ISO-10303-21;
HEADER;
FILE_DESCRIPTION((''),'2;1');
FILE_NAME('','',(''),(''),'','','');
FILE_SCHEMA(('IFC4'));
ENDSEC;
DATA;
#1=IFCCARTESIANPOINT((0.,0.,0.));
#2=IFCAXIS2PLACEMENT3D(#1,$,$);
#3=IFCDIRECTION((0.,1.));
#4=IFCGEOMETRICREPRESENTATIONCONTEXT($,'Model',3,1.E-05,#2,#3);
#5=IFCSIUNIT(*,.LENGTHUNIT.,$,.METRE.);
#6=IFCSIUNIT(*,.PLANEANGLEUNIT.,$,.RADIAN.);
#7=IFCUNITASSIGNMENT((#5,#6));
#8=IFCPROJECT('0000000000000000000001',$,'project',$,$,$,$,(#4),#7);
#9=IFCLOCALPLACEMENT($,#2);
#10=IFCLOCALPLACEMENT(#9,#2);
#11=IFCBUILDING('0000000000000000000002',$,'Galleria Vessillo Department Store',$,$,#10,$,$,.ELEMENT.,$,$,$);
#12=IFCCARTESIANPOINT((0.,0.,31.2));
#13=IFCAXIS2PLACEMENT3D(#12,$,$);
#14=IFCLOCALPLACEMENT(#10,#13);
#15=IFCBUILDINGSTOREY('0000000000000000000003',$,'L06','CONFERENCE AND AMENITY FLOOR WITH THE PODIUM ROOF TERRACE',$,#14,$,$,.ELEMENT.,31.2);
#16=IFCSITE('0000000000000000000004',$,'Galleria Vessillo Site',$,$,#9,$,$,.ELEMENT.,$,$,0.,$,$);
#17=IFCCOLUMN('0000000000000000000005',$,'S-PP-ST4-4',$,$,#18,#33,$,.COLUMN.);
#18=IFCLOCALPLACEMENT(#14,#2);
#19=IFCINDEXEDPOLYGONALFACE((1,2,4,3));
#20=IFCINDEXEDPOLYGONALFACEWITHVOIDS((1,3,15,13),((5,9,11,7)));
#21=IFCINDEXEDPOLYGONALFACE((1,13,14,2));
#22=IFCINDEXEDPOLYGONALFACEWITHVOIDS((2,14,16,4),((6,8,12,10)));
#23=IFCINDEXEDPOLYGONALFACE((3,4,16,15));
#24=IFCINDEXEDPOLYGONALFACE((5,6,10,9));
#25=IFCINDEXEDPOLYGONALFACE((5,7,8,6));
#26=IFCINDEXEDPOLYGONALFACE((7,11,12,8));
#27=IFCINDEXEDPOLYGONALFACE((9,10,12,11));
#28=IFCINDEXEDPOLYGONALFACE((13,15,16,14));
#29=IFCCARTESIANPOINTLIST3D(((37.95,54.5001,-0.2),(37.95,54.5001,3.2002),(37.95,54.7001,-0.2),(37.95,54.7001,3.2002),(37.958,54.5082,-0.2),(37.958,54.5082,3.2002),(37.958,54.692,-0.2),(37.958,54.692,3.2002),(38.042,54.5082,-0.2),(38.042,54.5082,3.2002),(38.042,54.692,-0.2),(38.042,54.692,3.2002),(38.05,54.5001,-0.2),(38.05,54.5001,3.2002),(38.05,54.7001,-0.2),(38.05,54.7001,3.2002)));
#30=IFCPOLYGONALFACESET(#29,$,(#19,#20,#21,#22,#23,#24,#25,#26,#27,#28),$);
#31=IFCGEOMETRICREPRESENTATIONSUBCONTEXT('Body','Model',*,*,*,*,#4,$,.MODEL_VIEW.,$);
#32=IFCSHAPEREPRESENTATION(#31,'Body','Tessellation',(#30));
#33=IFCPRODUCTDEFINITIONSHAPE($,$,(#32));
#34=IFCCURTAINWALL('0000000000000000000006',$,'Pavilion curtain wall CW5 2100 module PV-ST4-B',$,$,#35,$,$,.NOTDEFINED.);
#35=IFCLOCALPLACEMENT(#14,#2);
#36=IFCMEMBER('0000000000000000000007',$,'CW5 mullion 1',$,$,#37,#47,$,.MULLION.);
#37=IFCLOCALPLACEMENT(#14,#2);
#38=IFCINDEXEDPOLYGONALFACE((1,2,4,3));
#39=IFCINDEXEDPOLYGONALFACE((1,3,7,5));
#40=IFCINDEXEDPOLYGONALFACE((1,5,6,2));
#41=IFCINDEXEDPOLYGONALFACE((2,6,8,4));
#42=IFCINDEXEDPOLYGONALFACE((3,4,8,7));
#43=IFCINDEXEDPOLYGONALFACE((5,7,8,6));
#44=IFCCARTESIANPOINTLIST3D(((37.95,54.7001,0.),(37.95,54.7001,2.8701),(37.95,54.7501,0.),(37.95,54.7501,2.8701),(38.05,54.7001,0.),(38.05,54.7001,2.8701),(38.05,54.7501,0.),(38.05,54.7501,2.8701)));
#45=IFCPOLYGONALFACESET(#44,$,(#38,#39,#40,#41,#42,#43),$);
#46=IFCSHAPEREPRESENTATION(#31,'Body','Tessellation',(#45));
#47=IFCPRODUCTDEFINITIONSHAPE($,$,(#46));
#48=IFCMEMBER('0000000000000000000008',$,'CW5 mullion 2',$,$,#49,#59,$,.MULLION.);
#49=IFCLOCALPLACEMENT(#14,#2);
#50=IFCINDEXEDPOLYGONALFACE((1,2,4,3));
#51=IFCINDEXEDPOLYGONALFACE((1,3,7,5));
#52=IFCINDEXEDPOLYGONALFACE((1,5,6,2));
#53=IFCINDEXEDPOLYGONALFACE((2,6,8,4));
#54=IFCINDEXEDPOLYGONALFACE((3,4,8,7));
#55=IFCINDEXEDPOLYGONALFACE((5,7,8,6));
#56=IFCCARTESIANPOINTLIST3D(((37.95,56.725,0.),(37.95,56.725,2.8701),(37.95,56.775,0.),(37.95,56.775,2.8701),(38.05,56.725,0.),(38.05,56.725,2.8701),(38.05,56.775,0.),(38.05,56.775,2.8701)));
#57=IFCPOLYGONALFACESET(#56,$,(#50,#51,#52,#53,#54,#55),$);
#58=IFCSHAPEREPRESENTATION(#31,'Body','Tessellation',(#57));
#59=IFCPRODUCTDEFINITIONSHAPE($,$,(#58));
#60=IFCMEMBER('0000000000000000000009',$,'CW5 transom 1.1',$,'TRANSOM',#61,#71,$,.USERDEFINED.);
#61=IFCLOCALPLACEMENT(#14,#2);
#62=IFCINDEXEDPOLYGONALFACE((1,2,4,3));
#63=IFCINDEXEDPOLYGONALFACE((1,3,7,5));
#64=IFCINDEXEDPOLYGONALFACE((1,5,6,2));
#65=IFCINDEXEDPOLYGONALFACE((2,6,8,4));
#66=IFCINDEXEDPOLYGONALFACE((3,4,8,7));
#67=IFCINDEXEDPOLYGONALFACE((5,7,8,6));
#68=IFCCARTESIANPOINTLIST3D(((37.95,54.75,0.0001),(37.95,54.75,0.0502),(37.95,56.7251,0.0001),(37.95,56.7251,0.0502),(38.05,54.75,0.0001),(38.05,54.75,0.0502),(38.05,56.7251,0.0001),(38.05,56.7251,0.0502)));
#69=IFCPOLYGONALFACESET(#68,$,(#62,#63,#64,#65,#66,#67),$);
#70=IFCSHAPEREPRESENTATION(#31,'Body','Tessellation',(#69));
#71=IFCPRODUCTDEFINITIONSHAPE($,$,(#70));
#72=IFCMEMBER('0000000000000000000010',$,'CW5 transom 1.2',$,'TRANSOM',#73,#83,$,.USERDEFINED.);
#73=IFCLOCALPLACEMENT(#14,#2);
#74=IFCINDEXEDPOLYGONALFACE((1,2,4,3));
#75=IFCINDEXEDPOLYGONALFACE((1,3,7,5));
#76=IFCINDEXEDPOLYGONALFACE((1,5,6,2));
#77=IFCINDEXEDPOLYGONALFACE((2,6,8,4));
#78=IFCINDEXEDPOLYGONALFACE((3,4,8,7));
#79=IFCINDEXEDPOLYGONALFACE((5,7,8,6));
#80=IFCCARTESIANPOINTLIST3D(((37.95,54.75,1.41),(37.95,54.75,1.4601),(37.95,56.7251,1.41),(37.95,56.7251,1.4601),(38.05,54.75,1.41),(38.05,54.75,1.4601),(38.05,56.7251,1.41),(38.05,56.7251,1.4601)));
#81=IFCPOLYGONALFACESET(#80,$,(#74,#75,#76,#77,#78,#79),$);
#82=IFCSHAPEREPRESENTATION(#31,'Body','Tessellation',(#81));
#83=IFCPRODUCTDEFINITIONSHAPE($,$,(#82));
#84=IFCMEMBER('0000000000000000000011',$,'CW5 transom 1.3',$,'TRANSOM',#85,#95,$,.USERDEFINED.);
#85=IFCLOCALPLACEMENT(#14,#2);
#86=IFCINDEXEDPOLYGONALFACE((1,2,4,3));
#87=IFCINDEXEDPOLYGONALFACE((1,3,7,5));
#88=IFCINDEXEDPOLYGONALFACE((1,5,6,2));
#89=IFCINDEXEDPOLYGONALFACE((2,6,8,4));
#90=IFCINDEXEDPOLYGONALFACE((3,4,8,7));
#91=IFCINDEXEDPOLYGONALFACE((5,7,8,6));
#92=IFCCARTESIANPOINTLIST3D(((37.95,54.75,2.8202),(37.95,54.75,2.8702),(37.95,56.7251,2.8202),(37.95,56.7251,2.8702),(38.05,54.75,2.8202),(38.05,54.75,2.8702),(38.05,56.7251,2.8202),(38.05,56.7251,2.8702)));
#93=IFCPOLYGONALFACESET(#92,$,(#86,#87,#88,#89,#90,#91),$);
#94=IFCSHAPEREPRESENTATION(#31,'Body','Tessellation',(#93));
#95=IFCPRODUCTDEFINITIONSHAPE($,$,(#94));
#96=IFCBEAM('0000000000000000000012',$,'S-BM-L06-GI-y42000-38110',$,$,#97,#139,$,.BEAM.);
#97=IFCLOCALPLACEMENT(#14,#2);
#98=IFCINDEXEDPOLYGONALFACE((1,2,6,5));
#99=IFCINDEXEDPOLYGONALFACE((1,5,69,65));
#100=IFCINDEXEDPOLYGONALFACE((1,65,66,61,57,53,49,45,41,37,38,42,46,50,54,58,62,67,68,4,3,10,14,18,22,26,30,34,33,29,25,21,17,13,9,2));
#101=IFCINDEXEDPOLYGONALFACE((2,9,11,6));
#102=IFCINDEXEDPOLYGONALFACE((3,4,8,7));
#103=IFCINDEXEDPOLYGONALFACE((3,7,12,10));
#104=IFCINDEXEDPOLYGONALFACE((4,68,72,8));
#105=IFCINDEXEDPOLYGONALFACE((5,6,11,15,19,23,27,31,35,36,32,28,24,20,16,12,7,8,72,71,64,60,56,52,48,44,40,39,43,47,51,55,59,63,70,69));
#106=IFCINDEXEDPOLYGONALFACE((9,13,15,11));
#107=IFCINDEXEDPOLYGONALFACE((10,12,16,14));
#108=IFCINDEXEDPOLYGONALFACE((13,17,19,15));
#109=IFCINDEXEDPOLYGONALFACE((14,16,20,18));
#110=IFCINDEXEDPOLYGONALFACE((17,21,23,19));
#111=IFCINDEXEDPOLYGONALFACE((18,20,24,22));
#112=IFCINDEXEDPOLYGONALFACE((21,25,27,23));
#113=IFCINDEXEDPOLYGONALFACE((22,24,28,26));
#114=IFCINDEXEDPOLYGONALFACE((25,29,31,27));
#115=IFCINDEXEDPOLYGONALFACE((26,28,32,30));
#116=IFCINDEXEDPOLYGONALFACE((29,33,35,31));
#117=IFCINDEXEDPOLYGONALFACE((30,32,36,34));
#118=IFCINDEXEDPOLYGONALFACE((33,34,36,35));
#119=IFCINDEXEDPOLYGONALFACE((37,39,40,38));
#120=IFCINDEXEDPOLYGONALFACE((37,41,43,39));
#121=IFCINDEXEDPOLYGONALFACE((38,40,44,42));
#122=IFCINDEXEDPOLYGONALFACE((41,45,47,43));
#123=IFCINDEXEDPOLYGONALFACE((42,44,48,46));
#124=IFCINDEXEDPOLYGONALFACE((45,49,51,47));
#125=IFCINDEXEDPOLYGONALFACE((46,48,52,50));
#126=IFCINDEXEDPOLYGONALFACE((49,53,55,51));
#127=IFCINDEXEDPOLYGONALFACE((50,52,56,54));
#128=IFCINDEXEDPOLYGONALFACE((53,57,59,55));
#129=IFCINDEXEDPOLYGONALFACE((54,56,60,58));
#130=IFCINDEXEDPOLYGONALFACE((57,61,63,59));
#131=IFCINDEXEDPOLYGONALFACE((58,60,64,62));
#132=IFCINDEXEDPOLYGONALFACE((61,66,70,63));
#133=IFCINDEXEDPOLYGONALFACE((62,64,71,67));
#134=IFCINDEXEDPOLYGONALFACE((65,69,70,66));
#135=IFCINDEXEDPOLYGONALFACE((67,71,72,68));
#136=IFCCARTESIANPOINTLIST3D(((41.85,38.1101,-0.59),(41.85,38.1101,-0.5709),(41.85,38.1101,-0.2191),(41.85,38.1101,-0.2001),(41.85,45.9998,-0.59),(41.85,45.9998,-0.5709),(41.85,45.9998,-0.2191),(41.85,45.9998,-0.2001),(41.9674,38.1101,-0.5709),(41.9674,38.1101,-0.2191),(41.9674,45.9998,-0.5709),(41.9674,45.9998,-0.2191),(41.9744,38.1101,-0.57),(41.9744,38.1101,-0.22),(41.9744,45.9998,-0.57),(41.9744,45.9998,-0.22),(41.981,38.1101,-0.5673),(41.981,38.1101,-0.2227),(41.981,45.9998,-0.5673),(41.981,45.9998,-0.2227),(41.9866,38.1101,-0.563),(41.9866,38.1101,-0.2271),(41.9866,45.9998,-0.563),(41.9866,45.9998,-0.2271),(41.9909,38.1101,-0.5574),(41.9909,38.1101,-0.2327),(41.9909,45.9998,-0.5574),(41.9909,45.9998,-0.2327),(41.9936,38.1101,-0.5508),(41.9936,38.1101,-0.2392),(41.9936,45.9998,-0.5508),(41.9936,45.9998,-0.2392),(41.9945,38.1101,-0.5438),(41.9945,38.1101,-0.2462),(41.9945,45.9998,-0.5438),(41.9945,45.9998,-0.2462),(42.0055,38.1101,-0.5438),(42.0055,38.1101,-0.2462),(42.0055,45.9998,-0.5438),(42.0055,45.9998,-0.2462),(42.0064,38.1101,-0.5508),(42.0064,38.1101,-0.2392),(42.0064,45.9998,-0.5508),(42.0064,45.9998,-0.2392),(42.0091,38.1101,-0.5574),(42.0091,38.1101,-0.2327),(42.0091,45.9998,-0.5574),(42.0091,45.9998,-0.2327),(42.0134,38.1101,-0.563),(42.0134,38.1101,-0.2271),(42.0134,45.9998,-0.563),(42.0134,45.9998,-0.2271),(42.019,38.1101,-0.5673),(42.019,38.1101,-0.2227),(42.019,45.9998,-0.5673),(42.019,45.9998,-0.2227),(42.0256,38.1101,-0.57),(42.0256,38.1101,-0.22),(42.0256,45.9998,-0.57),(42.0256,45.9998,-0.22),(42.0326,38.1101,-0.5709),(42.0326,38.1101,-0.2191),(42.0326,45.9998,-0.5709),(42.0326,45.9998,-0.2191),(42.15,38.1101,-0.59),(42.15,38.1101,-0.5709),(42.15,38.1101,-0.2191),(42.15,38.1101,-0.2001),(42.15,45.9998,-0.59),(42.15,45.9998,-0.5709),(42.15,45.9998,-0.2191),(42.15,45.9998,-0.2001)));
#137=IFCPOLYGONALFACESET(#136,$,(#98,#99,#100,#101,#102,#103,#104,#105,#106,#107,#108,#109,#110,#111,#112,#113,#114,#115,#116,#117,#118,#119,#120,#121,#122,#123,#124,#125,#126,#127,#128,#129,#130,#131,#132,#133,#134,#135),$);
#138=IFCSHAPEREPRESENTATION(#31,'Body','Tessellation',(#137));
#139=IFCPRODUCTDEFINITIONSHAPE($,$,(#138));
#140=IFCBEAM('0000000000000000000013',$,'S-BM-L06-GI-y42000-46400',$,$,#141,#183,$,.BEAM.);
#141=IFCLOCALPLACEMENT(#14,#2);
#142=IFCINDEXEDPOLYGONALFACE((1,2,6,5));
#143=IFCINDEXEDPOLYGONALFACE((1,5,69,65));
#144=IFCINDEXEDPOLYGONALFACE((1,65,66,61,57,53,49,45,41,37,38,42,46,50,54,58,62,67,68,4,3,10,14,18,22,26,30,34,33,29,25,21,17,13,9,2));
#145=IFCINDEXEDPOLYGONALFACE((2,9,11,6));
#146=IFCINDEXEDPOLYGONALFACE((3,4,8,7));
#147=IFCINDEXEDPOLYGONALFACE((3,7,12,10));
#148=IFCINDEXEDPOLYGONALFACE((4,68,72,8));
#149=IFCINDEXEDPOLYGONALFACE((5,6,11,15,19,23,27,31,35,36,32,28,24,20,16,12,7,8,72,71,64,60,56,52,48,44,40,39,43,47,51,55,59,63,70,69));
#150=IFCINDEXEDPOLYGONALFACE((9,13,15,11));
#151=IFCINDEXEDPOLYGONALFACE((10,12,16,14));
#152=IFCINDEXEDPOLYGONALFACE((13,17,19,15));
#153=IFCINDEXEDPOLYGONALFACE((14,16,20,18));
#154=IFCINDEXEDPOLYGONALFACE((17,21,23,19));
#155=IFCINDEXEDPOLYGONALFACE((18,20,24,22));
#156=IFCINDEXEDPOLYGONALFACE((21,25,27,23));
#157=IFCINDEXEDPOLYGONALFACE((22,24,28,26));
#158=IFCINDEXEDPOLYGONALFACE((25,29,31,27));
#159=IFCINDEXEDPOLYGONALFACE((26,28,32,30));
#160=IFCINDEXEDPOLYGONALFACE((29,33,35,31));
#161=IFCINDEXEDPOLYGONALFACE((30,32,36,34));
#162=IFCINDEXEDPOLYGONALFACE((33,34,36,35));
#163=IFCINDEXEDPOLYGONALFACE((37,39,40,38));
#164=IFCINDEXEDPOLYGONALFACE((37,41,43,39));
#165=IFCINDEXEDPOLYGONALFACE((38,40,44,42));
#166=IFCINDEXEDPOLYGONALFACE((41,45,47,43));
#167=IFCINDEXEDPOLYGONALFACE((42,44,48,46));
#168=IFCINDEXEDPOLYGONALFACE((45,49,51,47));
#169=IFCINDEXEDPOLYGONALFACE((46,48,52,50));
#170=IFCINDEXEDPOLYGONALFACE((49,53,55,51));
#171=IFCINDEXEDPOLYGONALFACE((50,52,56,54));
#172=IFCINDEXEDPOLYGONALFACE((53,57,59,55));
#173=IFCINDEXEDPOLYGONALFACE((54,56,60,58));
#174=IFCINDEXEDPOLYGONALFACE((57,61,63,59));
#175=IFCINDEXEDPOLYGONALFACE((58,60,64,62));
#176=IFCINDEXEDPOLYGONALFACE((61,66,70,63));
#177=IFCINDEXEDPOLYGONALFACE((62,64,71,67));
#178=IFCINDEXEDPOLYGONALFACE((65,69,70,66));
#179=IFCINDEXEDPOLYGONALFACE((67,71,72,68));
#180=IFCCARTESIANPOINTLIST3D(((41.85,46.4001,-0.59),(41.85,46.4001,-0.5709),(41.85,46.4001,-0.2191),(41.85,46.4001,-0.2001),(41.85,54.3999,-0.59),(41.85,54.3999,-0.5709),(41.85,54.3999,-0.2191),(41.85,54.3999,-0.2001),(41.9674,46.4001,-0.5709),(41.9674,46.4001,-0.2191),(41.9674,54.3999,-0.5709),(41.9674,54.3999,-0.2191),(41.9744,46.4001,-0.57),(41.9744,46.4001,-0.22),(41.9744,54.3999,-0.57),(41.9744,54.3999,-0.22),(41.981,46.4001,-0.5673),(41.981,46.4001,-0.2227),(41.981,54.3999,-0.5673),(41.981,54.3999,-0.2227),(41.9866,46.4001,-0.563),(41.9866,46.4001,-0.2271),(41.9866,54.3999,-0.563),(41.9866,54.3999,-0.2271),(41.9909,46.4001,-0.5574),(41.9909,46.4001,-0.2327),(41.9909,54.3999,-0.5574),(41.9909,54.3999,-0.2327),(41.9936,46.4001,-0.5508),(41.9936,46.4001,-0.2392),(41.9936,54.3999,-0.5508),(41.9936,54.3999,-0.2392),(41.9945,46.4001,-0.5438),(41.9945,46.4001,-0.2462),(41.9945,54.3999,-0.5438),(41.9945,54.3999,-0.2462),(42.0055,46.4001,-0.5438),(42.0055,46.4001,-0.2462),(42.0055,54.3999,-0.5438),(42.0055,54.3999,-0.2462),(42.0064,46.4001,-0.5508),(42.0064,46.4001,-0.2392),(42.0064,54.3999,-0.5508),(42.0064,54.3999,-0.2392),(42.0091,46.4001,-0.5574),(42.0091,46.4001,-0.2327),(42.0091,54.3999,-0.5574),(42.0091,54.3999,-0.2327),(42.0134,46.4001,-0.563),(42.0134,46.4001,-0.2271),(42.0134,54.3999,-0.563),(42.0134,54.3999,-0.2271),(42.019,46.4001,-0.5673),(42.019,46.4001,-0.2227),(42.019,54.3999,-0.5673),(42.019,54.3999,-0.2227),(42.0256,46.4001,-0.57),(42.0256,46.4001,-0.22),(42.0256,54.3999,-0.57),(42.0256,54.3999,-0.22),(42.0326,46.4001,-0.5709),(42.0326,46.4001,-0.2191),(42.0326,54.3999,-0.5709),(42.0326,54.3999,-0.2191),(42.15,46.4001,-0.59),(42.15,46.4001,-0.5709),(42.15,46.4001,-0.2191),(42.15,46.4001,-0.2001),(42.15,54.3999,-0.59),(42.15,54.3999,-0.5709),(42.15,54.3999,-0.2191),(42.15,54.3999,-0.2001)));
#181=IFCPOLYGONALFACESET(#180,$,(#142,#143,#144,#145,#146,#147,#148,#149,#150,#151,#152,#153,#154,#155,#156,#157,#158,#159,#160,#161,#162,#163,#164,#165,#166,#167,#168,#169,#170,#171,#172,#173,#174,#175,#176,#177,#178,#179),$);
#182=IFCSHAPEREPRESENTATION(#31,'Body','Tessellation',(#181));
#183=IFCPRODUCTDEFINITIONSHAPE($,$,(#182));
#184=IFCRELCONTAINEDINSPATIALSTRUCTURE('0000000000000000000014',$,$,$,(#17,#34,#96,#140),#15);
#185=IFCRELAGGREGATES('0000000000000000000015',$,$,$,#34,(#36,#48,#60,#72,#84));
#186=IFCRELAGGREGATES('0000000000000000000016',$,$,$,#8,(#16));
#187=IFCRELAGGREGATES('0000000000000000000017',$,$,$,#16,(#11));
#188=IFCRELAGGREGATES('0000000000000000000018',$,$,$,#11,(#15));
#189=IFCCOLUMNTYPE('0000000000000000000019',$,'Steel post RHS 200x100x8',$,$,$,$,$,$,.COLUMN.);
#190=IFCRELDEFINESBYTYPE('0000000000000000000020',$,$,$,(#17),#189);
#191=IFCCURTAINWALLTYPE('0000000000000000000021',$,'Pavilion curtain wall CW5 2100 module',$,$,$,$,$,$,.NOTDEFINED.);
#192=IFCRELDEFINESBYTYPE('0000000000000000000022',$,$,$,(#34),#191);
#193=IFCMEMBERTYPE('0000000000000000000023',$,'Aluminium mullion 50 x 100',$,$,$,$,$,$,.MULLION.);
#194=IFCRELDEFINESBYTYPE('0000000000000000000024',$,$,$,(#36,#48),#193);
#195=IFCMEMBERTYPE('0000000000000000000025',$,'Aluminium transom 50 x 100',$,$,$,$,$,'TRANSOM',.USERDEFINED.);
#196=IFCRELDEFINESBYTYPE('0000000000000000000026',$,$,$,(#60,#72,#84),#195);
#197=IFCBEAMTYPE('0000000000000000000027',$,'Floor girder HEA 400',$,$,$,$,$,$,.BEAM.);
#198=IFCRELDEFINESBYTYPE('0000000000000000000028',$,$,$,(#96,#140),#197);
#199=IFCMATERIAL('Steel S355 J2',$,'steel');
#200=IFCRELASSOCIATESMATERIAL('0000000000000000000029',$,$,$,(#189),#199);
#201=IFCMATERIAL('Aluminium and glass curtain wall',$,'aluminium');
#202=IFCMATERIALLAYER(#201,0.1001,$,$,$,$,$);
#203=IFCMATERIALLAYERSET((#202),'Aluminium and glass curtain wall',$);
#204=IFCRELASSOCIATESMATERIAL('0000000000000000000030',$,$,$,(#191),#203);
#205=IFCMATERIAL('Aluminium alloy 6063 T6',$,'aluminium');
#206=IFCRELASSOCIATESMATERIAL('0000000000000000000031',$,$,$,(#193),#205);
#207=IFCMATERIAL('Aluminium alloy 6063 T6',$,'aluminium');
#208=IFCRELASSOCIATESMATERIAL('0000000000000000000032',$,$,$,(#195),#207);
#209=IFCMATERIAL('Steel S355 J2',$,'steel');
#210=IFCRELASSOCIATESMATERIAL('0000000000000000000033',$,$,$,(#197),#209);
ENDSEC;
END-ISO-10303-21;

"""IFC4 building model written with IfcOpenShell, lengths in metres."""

from ifc_helpers import new_model, si_unit, direction, frame, origin, origin_2d, place, context, subcontext, project, spatial, rectangle, hollow_rectangle, i_section, extrude, material, layer, layer_set, material_profile, profile_set, type_object, element, aggregate, save


model = new_model("IFC4")

# Units and contexts
model_context = context("Model", 3, precision=1e-05, world=origin(), true_north=direction((0.0, 1.0)))
body_context = subcontext(model_context, "Body", "Model", "MODEL_VIEW")
ifc_project = project(units=[si_unit("LENGTHUNIT", "METRE"), si_unit("PLANEANGLEUNIT", "RADIAN")], contexts=[model_context])

# Site, building, storey
site_placement = place(None, origin())
site = spatial("IfcSite", under=ifc_project, at=site_placement, Name="Galleria Vessillo Site", CompositionType="ELEMENT", RefElevation=0.0)
building_placement = place(site_placement, origin())
building = spatial("IfcBuilding", under=site, at=building_placement, Name="Galleria Vessillo Department Store", CompositionType="ELEMENT")
storey_placement = place(building_placement, frame((0.0, 0.0, 31.2)))
storey = spatial("IfcBuildingStorey", under=building, at=storey_placement, Name="L06", Description="CONFERENCE AND AMENITY FLOOR WITH THE PODIUM ROOF TERRACE", CompositionType="ELEMENT", Elevation=31.2)

# Column
ifc_material_1 = material(Name="Steel S355 J2", Category="steel")
ifc_material_profile_1 = material_profile(ifc_material_1, hollow_rectangle(XDim=0.1001, YDim=0.2, WallThickness=0.0081, at=origin_2d()), Name="RHS 200x100x8")
ifc_profile_set_1 = profile_set([ifc_material_profile_1], Name="Steel S355 J2")
column_type = type_object("IfcColumnType", Name="Steel post RHS 200x100x8", PredefinedType="COLUMN", material=ifc_profile_set_1)
column_placement = place(storey_placement, frame((38.0, 54.6001, -0.2), z_axis=(0.0, 0.0, 1.0), x_axis=(1.0, 0.0, 0.0)))
element("IfcColumn", 1, at=column_placement, inside=storey, type_object=column_type, Name="S-PP-ST4-4", PredefinedType="COLUMN", context=body_context, shape_type="SweptSolid", body=[
    extrude(hollow_rectangle(XDim=0.1001, YDim=0.2, WallThickness=0.0081, at=origin_2d()), origin(), (0.0, 0.0, 1.0), 3.4001),
])

# Curtain wall, members
ifc_material_2 = material(Name="Aluminium and glass curtain wall", Category="aluminium")
ifc_layer_1 = layer(ifc_material_2, 0.1001)
ifc_layer_set_1 = layer_set([ifc_layer_1], Name="Aluminium and glass curtain wall")
curtain_wall_type = type_object("IfcCurtainWallType", Name="Pavilion curtain wall CW5 2100 module", PredefinedType="NOTDEFINED", material=ifc_layer_set_1)
curtain_wall_placement = place(storey_placement, origin())
curtain_wall = element("IfcCurtainWall", 2, at=curtain_wall_placement, inside=storey, type_object=curtain_wall_type, Name="Pavilion curtain wall CW5 2100 module PV-ST4-B", PredefinedType="NOTDEFINED")
ifc_material_3 = material(Name="Aluminium alloy 6063 T6", Category="aluminium")
ifc_material_profile_2 = material_profile(ifc_material_3, rectangle(XDim=0.1001, YDim=0.05, at=origin_2d()), Name="AL 50x100")
ifc_profile_set_2 = profile_set([ifc_material_profile_2], Name="Aluminium alloy 6063 T6")
member_type_1 = type_object("IfcMemberType", Name="Aluminium mullion 50 x 100", PredefinedType="MULLION", material=ifc_profile_set_2)
member_1_placement = place(storey_placement, frame((38.0, 54.7251, 0.0), z_axis=(0.0, 0.0, 1.0), x_axis=(-1.0, 0.0, 0.0)))
member_1 = element("IfcMember", 3, at=member_1_placement, type_object=member_type_1, Name="CW5 mullion 1", PredefinedType="MULLION", context=body_context, shape_type="SweptSolid", body=[
    extrude(rectangle(XDim=0.1001, YDim=0.05, at=origin_2d()), origin(), (0.0, 0.0, 1.0), 2.8701),
])
member_2_placement = place(storey_placement, frame((38.0, 56.75, 0.0), z_axis=(0.0, 0.0, 1.0), x_axis=(-1.0, 0.0, 0.0)))
member_2 = element("IfcMember", 4, at=member_2_placement, type_object=member_type_1, Name="CW5 mullion 2", PredefinedType="MULLION", context=body_context, shape_type="SweptSolid", body=[
    extrude(rectangle(XDim=0.1001, YDim=0.05, at=origin_2d()), origin(), (0.0, 0.0, 1.0), 2.8701),
])
ifc_material_4 = material(Name="Aluminium alloy 6063 T6", Category="aluminium")
ifc_material_profile_3 = material_profile(ifc_material_4, rectangle(XDim=0.1001, YDim=0.05, at=origin_2d()), Name="AL 50x100")
ifc_profile_set_3 = profile_set([ifc_material_profile_3], Name="Aluminium alloy 6063 T6")
member_type_2 = type_object("IfcMemberType", Name="Aluminium transom 50 x 100", ElementType="TRANSOM", PredefinedType="USERDEFINED", material=ifc_profile_set_3)
member_3_placement = place(storey_placement, frame((38.0, 54.75, 0.0251), z_axis=(0.0, 1.0, 0.0), x_axis=(-1.0, 0.0, 0.0)))
member_3 = element("IfcMember", 5, at=member_3_placement, type_object=member_type_2, Name="CW5 transom 1.1", ObjectType="TRANSOM", PredefinedType="USERDEFINED", context=body_context, shape_type="SweptSolid", body=[
    extrude(rectangle(XDim=0.1001, YDim=0.05, at=origin_2d()), origin(), (0.0, 0.0, 1.0), 1.9751),
])
member_4_placement = place(storey_placement, frame((38.0, 54.75, 1.4351), z_axis=(0.0, 1.0, 0.0), x_axis=(-1.0, 0.0, 0.0)))
member_4 = element("IfcMember", 6, at=member_4_placement, type_object=member_type_2, Name="CW5 transom 1.2", ObjectType="TRANSOM", PredefinedType="USERDEFINED", context=body_context, shape_type="SweptSolid", body=[
    extrude(rectangle(XDim=0.1001, YDim=0.05, at=origin_2d()), origin(), (0.0, 0.0, 1.0), 1.9751),
])
member_5_placement = place(storey_placement, frame((38.0, 54.75, 2.8452), z_axis=(0.0, 1.0, 0.0), x_axis=(-1.0, 0.0, 0.0)))
member_5 = element("IfcMember", 7, at=member_5_placement, type_object=member_type_2, Name="CW5 transom 1.3", ObjectType="TRANSOM", PredefinedType="USERDEFINED", context=body_context, shape_type="SweptSolid", body=[
    extrude(rectangle(XDim=0.1001, YDim=0.05, at=origin_2d()), origin(), (0.0, 0.0, 1.0), 1.9751),
])

# Beams
ifc_material_5 = material(Name="Steel S355 J2", Category="steel")
ifc_material_profile_4 = material_profile(ifc_material_5, i_section(OverallWidth=0.3, OverallDepth=0.3899, WebThickness=0.011, FlangeThickness=0.019, FilletRadius=0.0271, at=origin_2d()), Name="HEA 400")
ifc_profile_set_4 = profile_set([ifc_material_profile_4], Name="Steel S355 J2")
beam_type_1 = type_object("IfcBeamType", Name="Floor girder HEA 400", PredefinedType="BEAM", material=ifc_profile_set_4)
beam_1_placement = place(storey_placement, frame((42.0, 38.1101, -0.395), z_axis=(0.0, 1.0, 0.0), x_axis=(-1.0, 0.0, 0.0)))
element("IfcBeam", 8, at=beam_1_placement, inside=storey, type_object=beam_type_1, Name="S-BM-L06-GI-y42000-38110", PredefinedType="BEAM", context=body_context, shape_type="SweptSolid", body=[
    extrude(i_section(OverallWidth=0.3, OverallDepth=0.3899, WebThickness=0.011, FlangeThickness=0.019, FilletRadius=0.0271, at=origin_2d()), origin(), (0.0, 0.0, 1.0), 7.8896),
])
for number, where, z_axis, x_axis, name in (
    (9, (42.0, 46.4001, -0.395), (0.0, 1.0, 0.0), (-1.0, 0.0, 0.0), "S-BM-L06-GI-y42000-46400"),
):
    element("IfcBeam", number, at=place(storey_placement, frame(where, z_axis=z_axis, x_axis=x_axis)), inside=storey, type_object=beam_type_1, Name=name, PredefinedType="BEAM", context=body_context, shape_type="SweptSolid", body=[
        extrude(i_section(OverallWidth=0.3, OverallDepth=0.3899, WebThickness=0.011, FlangeThickness=0.019, FilletRadius=0.0271, at=origin_2d()), origin(), (0.0, 0.0, 1.0), 7.9998),
    ])

aggregate(curtain_wall, [member_1, member_2, member_3, member_4, member_5])

save(model, "model.ifc")
